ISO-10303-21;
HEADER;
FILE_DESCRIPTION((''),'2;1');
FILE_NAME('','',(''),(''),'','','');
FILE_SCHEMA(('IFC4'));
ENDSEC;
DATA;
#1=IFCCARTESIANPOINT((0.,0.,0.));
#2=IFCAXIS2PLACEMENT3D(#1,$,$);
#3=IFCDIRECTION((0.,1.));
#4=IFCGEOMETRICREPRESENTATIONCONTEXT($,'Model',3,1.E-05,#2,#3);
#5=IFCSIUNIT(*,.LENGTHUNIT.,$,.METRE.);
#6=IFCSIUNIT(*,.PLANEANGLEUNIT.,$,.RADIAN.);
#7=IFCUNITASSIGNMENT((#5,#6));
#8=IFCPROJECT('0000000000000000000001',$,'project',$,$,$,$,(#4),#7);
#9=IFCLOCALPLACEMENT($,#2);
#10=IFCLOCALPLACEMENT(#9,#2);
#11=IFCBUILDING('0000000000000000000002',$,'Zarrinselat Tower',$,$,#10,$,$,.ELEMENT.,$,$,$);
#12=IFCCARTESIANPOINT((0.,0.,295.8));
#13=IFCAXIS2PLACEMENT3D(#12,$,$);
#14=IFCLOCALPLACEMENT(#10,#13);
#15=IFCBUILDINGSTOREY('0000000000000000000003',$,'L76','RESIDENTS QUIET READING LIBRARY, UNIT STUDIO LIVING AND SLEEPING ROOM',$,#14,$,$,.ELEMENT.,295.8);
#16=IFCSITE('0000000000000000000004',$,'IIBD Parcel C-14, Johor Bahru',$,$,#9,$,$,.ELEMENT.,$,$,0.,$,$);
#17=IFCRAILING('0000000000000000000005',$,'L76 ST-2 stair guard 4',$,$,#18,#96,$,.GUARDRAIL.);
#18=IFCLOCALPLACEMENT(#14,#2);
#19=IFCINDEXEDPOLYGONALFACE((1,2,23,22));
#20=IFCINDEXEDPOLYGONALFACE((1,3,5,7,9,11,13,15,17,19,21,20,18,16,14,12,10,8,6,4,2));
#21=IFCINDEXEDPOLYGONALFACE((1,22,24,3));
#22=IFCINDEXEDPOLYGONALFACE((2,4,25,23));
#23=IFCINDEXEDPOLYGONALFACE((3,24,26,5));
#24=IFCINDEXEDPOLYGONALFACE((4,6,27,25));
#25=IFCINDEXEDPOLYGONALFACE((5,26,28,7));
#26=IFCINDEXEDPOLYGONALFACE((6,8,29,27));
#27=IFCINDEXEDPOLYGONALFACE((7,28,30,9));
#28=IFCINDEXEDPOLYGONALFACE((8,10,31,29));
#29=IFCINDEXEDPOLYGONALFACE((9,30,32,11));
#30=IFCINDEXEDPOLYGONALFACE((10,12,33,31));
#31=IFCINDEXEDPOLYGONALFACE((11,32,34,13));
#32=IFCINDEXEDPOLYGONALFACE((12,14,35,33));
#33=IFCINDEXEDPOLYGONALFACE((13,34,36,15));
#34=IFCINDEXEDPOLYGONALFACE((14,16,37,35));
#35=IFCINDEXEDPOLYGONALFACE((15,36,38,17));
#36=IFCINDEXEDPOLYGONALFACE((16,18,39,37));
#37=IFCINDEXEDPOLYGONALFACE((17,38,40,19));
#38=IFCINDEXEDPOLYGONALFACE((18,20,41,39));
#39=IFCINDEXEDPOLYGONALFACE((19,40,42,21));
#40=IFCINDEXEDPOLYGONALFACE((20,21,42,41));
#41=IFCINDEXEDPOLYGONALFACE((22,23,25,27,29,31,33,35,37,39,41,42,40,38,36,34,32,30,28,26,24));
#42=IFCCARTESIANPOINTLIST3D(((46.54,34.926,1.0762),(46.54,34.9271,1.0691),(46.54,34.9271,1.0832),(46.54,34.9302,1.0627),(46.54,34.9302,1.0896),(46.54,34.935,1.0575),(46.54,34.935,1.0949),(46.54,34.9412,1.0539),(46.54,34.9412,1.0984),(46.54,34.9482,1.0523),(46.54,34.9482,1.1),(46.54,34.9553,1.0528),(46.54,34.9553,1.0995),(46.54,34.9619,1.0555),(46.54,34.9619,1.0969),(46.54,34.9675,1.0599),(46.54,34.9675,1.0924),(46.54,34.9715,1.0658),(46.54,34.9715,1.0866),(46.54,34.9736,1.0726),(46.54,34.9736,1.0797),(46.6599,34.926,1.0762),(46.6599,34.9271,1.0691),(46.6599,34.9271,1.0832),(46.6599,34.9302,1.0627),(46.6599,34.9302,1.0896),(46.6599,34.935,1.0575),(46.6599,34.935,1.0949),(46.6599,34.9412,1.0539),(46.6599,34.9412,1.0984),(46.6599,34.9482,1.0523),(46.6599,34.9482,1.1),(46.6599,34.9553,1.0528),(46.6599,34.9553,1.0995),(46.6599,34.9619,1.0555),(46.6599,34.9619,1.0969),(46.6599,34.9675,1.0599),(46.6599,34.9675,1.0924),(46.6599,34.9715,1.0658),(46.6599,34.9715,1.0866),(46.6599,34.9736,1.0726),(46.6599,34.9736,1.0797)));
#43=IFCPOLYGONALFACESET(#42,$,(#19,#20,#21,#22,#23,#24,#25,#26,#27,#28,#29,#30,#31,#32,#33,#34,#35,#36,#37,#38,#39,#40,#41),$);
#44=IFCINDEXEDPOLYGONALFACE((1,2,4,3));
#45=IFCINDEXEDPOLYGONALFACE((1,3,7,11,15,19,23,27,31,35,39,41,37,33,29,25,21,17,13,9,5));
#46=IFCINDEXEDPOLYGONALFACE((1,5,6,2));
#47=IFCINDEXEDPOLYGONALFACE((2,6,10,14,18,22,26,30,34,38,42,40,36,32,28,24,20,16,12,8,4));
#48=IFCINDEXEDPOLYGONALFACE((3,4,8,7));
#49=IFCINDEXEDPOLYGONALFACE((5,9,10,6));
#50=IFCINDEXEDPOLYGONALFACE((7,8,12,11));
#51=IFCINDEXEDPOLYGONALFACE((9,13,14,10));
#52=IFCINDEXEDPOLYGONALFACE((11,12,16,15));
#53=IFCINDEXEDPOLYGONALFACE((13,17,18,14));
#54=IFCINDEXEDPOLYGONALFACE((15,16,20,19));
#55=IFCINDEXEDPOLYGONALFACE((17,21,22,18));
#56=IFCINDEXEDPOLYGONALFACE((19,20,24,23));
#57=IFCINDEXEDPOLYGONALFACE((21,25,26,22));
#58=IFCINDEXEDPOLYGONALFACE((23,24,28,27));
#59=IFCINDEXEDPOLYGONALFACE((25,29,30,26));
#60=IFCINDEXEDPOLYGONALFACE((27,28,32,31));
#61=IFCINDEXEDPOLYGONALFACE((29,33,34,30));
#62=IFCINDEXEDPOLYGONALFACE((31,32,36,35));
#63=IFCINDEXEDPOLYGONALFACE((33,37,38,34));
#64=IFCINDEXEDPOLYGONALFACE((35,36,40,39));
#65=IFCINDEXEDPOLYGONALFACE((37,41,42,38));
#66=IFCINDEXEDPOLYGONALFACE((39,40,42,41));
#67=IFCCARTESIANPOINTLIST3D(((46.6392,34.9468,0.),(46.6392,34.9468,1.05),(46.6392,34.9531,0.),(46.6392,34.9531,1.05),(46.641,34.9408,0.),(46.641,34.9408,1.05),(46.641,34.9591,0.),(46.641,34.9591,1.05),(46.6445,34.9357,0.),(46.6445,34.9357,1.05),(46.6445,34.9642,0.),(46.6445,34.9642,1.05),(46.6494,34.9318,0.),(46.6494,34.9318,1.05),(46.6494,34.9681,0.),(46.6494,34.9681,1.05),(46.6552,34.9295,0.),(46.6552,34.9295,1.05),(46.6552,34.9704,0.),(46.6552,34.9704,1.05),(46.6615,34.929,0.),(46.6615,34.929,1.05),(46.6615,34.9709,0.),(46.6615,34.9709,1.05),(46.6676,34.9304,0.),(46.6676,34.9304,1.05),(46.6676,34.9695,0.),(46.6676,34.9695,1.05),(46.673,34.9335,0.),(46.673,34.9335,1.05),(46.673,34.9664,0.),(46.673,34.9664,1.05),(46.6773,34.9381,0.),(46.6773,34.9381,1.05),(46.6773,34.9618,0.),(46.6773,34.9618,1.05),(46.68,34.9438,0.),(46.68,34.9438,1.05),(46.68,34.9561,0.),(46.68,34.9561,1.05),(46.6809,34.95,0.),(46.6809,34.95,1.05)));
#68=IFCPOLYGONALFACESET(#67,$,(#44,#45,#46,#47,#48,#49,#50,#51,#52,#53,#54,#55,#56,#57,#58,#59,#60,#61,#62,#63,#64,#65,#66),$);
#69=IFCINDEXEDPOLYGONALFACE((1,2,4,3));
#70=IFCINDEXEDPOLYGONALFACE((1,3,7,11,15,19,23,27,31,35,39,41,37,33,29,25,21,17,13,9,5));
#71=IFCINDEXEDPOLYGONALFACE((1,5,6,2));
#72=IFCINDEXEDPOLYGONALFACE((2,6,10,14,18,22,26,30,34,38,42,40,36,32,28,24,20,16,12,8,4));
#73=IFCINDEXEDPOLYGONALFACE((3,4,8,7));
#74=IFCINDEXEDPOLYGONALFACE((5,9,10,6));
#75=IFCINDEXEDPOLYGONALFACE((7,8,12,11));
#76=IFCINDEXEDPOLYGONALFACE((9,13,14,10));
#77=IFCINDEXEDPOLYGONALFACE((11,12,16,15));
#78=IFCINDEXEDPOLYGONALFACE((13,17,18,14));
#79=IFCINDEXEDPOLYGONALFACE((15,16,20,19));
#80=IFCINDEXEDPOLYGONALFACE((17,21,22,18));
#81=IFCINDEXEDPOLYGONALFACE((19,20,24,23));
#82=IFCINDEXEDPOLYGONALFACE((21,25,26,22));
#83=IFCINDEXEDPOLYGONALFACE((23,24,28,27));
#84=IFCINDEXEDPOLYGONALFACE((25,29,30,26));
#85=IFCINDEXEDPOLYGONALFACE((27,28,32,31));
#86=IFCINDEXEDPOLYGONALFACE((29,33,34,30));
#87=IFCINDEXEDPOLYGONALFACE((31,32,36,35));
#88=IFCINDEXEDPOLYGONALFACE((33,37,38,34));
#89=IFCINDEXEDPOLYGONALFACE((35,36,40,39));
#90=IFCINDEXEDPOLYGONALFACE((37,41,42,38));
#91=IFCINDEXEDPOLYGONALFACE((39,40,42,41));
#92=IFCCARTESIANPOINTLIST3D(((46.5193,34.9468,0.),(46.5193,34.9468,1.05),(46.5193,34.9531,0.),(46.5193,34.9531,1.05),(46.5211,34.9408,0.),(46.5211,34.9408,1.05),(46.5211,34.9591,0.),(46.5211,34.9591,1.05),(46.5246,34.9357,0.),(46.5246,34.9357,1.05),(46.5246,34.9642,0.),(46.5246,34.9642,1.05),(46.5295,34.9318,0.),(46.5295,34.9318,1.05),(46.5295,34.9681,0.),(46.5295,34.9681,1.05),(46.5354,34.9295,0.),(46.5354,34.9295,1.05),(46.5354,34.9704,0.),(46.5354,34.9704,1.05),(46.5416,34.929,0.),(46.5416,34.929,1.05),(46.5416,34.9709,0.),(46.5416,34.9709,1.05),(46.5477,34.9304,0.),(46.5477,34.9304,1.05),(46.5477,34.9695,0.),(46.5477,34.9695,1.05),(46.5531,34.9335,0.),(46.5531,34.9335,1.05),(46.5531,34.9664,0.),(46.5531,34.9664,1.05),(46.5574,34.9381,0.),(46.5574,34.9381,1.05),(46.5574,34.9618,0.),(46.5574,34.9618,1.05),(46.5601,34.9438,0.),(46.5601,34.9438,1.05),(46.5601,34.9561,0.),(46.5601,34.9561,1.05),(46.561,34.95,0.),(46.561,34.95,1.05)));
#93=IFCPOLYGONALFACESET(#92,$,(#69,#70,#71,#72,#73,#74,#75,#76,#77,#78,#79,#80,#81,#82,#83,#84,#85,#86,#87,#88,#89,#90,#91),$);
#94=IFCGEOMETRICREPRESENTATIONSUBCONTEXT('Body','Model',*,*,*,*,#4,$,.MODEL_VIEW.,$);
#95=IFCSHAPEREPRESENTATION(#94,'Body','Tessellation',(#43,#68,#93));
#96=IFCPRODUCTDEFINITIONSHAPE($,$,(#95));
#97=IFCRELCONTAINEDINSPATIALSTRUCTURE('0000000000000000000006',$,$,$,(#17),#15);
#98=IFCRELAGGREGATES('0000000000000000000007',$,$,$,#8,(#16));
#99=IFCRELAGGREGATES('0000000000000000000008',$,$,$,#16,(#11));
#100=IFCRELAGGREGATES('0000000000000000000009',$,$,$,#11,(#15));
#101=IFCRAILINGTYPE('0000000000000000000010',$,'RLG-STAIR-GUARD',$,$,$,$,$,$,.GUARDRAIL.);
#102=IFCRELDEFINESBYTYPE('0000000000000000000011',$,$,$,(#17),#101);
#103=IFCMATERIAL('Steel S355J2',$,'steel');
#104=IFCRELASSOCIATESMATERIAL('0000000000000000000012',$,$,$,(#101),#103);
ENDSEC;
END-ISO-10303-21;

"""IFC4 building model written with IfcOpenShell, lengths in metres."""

from ifc_helpers import new_model, si_unit, direction, frame, origin, origin_2d, place, context, subcontext, project, spatial, circle, extrude, material, type_object, element, save


model = new_model("IFC4")

# Units and contexts
model_context = context("Model", 3, precision=1e-05, world=origin(), true_north=direction((0.0, 1.0)))
body_context = subcontext(model_context, "Body", "Model", "MODEL_VIEW")
ifc_project = project(units=[si_unit("LENGTHUNIT", "METRE"), si_unit("PLANEANGLEUNIT", "RADIAN")], contexts=[model_context])

# Site, building, storey
site_placement = place(None, origin())
site = spatial("IfcSite", under=ifc_project, at=site_placement, Name="IIBD Parcel C-14, Johor Bahru", CompositionType="ELEMENT", RefElevation=0.0)
building_placement = place(site_placement, origin())
building = spatial("IfcBuilding", under=site, at=building_placement, Name="Zarrinselat Tower", CompositionType="ELEMENT")
storey_placement = place(building_placement, frame((0.0, 0.0, 295.8)))
storey = spatial("IfcBuildingStorey", under=building, at=storey_placement, Name="L76", Description="RESIDENTS QUIET READING LIBRARY, UNIT STUDIO LIVING AND SLEEPING ROOM", CompositionType="ELEMENT", Elevation=295.8)

# Railing
ifc_material_1 = material(Name="Steel S355J2", Category="steel")
railing_type_1 = type_object("IfcRailingType", Name="RLG-STAIR-GUARD", PredefinedType="GUARDRAIL", material=ifc_material_1)
railing_1_placement = place(storey_placement, frame((46.6599, 34.95, 0.0)))
element("IfcRailing", 1, at=railing_1_placement, inside=storey, type_object=railing_type_1, Name="L76 ST-2 stair guard 4", PredefinedType="GUARDRAIL", context=body_context, shape_type="SweptSolid", body=[
    extrude(circle(Radius=0.0239, at=origin_2d()), frame((0.0, 0.0, 1.0762), z_axis=(-1.0, 0.0, 0.0), x_axis=(0.0, -1.0, 0.0)), (0.0, 0.0, 1.0), 0.1199),
    extrude(circle(Radius=0.021, at=origin_2d()), origin(), (0.0, 0.0, 1.0), 1.05),
    extrude(circle(Radius=0.021, at=origin_2d()), frame((-0.1199, 0.0, 0.0)), (0.0, 0.0, 1.0), 1.05),
])

save(model, "model.ifc")
